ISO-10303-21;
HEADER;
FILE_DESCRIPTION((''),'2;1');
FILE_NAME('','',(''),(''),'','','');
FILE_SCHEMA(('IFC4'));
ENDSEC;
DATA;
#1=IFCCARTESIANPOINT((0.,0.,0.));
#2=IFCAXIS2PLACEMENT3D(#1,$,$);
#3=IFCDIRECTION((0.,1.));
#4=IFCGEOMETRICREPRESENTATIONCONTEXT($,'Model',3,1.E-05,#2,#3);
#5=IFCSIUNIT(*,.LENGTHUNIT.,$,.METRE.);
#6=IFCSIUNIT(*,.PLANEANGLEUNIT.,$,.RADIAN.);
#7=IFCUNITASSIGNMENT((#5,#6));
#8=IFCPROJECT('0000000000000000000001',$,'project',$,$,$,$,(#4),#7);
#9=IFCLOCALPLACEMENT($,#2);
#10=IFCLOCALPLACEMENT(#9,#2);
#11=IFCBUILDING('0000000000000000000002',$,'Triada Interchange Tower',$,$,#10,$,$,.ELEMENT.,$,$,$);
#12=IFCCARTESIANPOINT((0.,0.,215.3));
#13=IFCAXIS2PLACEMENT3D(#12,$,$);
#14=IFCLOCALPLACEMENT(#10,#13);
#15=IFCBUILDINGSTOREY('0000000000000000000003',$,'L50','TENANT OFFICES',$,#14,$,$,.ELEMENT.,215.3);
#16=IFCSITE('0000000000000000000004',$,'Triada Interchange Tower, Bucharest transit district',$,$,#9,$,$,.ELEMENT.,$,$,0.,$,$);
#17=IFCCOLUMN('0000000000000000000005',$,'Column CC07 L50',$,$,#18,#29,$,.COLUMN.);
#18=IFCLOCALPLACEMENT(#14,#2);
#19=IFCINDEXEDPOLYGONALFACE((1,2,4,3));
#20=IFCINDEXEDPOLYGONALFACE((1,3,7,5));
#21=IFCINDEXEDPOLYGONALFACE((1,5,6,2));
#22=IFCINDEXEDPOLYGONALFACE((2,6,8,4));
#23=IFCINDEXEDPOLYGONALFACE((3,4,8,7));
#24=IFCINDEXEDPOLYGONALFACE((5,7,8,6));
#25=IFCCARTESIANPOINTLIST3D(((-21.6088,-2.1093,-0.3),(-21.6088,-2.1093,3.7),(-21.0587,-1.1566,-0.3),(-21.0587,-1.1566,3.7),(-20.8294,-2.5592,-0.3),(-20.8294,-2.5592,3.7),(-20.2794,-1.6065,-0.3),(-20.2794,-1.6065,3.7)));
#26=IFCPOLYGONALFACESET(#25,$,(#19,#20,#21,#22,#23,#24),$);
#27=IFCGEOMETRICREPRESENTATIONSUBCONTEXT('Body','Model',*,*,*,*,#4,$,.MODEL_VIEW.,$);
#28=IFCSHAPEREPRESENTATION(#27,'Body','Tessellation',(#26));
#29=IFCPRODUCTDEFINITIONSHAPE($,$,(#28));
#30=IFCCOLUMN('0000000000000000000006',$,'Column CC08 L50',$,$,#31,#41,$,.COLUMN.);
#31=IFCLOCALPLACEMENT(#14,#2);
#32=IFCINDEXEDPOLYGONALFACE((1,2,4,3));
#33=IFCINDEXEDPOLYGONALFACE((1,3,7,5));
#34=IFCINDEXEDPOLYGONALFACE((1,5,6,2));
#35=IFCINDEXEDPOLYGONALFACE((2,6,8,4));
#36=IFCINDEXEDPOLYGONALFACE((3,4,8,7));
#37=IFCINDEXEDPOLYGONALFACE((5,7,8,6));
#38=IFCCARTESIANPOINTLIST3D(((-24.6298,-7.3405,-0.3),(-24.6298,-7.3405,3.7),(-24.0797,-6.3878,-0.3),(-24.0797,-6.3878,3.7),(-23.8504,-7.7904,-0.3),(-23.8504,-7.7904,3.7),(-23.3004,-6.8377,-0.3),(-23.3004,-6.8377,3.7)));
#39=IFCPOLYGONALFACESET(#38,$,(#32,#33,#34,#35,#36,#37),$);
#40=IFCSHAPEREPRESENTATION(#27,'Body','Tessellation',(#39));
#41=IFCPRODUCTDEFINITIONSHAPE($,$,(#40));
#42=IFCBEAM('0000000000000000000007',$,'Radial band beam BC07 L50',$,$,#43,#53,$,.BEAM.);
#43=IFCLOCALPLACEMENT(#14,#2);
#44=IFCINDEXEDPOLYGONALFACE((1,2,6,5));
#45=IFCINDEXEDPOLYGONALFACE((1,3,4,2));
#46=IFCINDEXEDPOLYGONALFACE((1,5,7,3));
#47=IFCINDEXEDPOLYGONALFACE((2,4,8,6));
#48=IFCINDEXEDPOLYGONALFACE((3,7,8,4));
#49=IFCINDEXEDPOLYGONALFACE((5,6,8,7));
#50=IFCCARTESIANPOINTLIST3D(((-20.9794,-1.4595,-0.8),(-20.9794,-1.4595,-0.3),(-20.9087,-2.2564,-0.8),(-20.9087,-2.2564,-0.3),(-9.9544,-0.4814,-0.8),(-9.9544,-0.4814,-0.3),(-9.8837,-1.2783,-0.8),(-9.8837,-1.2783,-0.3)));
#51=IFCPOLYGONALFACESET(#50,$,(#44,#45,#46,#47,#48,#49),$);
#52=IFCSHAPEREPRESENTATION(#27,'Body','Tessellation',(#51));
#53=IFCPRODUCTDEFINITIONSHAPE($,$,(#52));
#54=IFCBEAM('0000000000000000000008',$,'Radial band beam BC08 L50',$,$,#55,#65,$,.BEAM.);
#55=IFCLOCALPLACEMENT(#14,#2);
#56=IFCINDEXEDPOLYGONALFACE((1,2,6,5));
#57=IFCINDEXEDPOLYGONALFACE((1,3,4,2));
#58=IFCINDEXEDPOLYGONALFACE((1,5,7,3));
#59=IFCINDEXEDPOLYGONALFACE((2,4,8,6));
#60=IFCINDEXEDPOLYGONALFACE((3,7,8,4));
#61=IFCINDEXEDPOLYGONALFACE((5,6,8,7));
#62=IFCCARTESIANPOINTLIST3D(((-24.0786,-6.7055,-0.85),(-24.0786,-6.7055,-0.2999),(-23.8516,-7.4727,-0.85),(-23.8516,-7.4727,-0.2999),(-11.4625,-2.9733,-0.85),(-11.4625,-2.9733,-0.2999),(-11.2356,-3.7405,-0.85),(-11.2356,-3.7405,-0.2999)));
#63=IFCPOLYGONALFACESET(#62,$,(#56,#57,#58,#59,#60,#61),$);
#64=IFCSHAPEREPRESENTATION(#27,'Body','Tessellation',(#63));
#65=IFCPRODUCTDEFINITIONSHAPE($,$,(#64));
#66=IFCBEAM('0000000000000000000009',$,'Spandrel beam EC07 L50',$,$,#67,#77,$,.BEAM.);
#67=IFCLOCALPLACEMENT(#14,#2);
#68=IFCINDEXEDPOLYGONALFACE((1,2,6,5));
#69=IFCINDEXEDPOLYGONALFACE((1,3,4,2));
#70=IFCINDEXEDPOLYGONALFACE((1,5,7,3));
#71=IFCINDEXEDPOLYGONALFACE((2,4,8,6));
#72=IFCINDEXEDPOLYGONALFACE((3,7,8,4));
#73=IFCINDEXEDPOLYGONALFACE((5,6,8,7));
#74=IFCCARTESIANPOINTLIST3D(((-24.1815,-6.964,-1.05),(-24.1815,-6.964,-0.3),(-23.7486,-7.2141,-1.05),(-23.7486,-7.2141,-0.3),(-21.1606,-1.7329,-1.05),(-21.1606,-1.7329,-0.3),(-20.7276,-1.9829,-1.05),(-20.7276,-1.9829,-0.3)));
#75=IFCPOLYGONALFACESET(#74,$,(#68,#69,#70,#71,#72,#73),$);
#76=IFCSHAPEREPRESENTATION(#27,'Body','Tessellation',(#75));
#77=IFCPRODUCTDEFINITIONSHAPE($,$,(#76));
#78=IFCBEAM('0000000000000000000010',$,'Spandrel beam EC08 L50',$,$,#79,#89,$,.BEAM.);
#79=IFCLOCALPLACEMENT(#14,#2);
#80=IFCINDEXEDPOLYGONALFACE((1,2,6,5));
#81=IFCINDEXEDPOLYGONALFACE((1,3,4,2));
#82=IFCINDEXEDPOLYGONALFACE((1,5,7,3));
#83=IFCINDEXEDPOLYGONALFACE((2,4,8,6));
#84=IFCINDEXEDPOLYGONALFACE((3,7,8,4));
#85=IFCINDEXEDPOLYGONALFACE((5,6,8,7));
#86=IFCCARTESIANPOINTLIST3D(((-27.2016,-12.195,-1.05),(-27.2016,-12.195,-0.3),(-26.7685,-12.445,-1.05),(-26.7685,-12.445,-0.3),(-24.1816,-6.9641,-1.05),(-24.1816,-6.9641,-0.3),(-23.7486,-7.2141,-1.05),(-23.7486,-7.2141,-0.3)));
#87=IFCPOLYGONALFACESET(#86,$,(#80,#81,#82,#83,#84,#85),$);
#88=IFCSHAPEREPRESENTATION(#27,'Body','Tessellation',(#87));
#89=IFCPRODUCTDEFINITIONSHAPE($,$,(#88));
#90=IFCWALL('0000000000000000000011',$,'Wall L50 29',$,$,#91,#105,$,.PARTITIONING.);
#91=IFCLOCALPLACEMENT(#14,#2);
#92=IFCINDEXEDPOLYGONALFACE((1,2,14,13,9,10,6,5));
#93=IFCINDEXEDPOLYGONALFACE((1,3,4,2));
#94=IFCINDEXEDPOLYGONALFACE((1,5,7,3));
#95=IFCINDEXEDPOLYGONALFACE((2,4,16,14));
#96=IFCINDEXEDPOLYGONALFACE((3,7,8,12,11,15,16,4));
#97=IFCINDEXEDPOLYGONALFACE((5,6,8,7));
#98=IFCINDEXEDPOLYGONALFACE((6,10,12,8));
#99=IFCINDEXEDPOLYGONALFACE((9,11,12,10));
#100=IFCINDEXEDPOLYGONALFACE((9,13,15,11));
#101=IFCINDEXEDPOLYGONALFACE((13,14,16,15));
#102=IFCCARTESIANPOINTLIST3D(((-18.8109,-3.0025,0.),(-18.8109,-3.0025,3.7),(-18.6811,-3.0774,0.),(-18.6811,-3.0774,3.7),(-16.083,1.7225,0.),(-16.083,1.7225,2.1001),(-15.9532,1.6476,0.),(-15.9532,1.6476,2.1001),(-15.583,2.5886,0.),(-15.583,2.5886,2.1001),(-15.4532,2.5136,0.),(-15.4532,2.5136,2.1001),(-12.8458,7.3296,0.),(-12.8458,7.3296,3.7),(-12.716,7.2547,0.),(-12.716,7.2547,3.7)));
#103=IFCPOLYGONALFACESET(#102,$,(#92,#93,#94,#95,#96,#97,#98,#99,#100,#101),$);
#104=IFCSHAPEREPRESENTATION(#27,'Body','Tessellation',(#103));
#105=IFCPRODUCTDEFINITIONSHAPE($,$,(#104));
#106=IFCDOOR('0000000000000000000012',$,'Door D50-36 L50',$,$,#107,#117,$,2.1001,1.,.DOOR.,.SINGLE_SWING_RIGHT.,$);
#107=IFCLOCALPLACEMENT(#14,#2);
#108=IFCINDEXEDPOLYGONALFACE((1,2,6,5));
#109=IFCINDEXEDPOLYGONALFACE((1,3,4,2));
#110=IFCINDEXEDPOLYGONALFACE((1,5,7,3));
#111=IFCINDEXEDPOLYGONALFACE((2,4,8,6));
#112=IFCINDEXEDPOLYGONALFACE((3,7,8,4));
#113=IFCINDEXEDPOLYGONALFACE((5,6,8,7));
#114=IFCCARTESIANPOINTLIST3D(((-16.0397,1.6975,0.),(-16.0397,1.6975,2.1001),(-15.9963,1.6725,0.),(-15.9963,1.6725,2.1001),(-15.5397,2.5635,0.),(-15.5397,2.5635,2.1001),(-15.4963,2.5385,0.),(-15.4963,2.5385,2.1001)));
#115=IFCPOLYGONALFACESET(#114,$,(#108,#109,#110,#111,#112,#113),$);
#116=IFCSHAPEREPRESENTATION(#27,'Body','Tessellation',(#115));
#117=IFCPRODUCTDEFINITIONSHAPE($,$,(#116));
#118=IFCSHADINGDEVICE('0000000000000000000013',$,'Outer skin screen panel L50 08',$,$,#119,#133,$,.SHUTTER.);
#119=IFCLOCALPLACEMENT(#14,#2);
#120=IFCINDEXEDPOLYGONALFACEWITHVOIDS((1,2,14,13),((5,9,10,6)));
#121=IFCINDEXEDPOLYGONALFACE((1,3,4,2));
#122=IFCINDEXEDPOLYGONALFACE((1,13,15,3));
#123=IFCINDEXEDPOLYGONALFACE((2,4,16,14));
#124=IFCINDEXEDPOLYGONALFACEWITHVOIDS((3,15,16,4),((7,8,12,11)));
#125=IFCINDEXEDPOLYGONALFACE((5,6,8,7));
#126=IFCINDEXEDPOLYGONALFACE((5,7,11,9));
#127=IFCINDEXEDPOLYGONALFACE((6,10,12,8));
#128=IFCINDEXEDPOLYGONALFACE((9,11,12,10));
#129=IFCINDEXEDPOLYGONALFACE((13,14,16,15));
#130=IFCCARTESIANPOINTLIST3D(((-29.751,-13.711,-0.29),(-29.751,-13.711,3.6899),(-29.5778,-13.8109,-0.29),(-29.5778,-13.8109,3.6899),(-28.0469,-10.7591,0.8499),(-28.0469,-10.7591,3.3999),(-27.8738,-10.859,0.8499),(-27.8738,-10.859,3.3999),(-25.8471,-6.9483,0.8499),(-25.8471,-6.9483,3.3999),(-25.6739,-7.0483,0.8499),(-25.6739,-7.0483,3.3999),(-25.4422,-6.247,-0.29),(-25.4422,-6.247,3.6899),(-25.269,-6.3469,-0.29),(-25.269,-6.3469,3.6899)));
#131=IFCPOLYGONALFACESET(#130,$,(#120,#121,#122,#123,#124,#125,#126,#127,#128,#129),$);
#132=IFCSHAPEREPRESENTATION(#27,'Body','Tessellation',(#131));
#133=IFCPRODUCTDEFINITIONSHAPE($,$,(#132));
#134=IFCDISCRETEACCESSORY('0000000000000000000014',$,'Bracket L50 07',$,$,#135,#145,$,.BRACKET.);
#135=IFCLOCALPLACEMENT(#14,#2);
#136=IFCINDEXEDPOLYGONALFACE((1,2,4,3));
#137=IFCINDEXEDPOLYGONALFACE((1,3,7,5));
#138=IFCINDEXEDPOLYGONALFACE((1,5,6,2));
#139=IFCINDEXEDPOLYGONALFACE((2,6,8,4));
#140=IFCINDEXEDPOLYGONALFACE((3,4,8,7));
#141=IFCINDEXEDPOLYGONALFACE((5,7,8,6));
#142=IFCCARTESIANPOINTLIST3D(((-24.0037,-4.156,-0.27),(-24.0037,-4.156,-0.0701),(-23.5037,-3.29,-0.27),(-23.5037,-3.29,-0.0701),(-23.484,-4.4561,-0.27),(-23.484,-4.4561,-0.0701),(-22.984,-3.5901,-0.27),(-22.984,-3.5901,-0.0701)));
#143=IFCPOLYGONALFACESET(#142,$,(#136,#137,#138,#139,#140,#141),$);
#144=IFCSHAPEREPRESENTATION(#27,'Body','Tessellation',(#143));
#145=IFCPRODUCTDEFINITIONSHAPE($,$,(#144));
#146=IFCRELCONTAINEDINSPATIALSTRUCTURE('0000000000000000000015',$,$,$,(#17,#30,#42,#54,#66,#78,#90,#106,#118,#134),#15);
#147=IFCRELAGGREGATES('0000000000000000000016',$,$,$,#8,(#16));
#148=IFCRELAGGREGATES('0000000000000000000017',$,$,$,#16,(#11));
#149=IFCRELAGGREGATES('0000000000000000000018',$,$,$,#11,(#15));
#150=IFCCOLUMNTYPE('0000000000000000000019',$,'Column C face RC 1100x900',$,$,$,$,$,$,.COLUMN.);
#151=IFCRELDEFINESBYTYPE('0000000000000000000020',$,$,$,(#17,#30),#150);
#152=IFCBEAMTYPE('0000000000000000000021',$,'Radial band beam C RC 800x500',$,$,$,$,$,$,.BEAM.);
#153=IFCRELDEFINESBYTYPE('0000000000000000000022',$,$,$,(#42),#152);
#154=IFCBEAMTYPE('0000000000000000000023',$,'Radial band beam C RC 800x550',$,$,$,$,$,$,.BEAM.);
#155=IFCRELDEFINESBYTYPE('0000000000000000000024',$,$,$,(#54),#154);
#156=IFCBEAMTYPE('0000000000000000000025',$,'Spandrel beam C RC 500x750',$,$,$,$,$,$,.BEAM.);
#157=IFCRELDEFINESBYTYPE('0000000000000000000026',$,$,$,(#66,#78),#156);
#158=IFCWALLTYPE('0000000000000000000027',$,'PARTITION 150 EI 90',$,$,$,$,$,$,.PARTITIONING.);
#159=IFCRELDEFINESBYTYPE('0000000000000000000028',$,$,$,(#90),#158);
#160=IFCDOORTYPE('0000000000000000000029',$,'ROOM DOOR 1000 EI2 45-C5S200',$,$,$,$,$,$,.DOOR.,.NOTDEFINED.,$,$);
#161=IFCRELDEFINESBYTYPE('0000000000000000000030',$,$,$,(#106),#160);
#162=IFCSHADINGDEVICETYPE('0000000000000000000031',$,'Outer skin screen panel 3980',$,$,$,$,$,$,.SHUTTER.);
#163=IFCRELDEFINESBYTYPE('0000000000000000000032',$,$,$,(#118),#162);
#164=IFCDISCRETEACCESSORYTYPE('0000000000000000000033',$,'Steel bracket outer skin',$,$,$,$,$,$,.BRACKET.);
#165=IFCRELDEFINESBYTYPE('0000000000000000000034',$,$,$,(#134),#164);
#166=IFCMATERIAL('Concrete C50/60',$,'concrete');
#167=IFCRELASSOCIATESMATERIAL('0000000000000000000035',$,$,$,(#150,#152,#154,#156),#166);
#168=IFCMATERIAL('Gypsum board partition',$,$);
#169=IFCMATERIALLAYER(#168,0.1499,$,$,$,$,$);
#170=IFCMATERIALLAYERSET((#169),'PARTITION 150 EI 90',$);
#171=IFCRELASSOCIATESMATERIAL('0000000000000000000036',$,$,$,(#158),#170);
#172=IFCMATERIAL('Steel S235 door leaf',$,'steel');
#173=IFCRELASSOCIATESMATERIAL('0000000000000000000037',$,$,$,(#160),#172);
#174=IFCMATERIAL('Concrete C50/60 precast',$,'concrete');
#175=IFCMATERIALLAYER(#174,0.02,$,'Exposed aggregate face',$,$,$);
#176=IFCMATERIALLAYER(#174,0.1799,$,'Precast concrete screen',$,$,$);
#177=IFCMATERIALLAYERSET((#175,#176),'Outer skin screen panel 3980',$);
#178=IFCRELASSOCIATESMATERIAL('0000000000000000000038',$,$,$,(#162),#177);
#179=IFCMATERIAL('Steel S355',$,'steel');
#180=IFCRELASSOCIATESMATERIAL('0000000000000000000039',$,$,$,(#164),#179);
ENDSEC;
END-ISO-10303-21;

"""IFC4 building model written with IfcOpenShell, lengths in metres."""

from ifc_helpers import new_model, si_unit, direction, frame, frame_2d, origin, origin_2d, place, context, subcontext, project, spatial, polyline, rectangle, outline, extrude, material, layer, layer_set, material_profile, profile_set, type_object, element, fill, save


model = new_model("IFC4")

# Units and contexts
model_context = context("Model", 3, precision=1e-05, world=origin(), true_north=direction((0.0, 1.0)))
body_context = subcontext(model_context, "Body", "Model", "MODEL_VIEW")
ifc_project = project(units=[si_unit("LENGTHUNIT", "METRE"), si_unit("PLANEANGLEUNIT", "RADIAN")], contexts=[model_context])

# Site, building, storey
site_placement = place(None, origin())
site = spatial("IfcSite", under=ifc_project, at=site_placement, Name="Triada Interchange Tower, Bucharest transit district", CompositionType="ELEMENT", RefElevation=0.0)
building_placement = place(site_placement, origin())
building = spatial("IfcBuilding", under=site, at=building_placement, Name="Triada Interchange Tower", CompositionType="ELEMENT")
storey_placement = place(building_placement, frame((0.0, 0.0, 215.3)))
storey = spatial("IfcBuildingStorey", under=building, at=storey_placement, Name="L50", Description="TENANT OFFICES", CompositionType="ELEMENT", Elevation=215.3)

# Columns
ifc_material_1 = material(Name="Concrete C50/60", Category="concrete")
ifc_material_profile_1 = material_profile(ifc_material_1, rectangle(XDim=1.1001, YDim=0.8999, at=origin_2d()), Name="RC 1100x900")
ifc_profile_set_1 = profile_set([ifc_material_profile_1], Name="Concrete C50/60")
column_type = type_object("IfcColumnType", Name="Column C face RC 1100x900", PredefinedType="COLUMN", material=ifc_profile_set_1)
for number, where, z_axis, x_axis, name in (
    (1, (-20.9441, -1.8579, -0.3), (0.0, 0.0, 1.0), (0.5, 0.866025, 0.0), "Column CC07 L50"),
    (2, (-23.9651, -7.0891, -0.3), (0.0, 0.0, 1.0), (0.5, 0.866025, 0.0), "Column CC08 L50"),
):
    element("IfcColumn", number, at=place(storey_placement, frame(where, z_axis=z_axis, x_axis=x_axis)), inside=storey, type_object=column_type, Name=name, PredefinedType="COLUMN", context=body_context, shape_type="SweptSolid", body=[
        extrude(rectangle(XDim=1.1001, YDim=0.8999, at=origin_2d()), origin(), (0.0, 0.0, 1.0), 4.0),
    ])

# Beams
ifc_material_profile_2 = material_profile(ifc_material_1, rectangle(XDim=0.8, YDim=0.5, at=origin_2d()), Name="RC 800x500")
ifc_profile_set_2 = profile_set([ifc_material_profile_2], Name="Concrete C50/60")
beam_type_1 = type_object("IfcBeamType", Name="Radial band beam C RC 800x500", PredefinedType="BEAM", material=ifc_profile_set_2)
beam_1_placement = place(storey_placement, frame((-20.9441, -1.8579, -0.55), z_axis=(0.996088, 0.088362, 0.0), x_axis=(-0.088362, 0.996088, 0.0)))
element("IfcBeam", 3, at=beam_1_placement, inside=storey, type_object=beam_type_1, Name="Radial band beam BC07 L50", PredefinedType="BEAM", context=body_context, shape_type="SweptSolid", body=[
    extrude(rectangle(XDim=0.8, YDim=0.5, at=origin_2d()), origin(), (0.0, 0.0, 1.0), 11.0684),
])
ifc_material_profile_3 = material_profile(ifc_material_1, rectangle(XDim=0.8, YDim=0.55, at=origin_2d()), Name="RC 800x550")
ifc_profile_set_3 = profile_set([ifc_material_profile_3], Name="Concrete C50/60")
beam_type_2 = type_object("IfcBeamType", Name="Radial band beam C RC 800x550", PredefinedType="BEAM", material=ifc_profile_set_3)
beam_2_placement = place(storey_placement, frame((-23.9651, -7.0891, -0.575), z_axis=(0.95892, 0.283677, 0.0), x_axis=(-0.283677, 0.95892, 0.0)))
element("IfcBeam", 4, at=beam_2_placement, inside=storey, type_object=beam_type_2, Name="Radial band beam BC08 L50", PredefinedType="BEAM", context=body_context, shape_type="SweptSolid", body=[
    extrude(rectangle(XDim=0.8, YDim=0.55, at=origin_2d()), origin(), (0.0, 0.0, 1.0), 13.1565),
])
ifc_material_profile_4 = material_profile(ifc_material_1, rectangle(XDim=0.5, YDim=0.75, at=origin_2d()), Name="RC 500x750")
ifc_profile_set_4 = profile_set([ifc_material_profile_4], Name="Concrete C50/60")
beam_type_3 = type_object("IfcBeamType", Name="Spandrel beam C RC 500x750", PredefinedType="BEAM", material=ifc_profile_set_4)
beam_3_placement = place(storey_placement, frame((-20.9441, -1.8579, -0.675), z_axis=(-0.500094, -0.865971, 0.0), x_axis=(0.865971, -0.500094, 0.0)))
element("IfcBeam", 5, at=beam_3_placement, inside=storey, type_object=beam_type_3, Name="Spandrel beam EC07 L50", PredefinedType="BEAM", context=body_context, shape_type="SweptSolid", body=[
    extrude(rectangle(XDim=0.5, YDim=0.75, at=origin_2d()), origin(), (0.0, 0.0, 1.0), 6.0408),
])
beam_4_placement = place(storey_placement, frame((-23.9651, -7.0891, -0.675), z_axis=(-0.499991, -0.866031, 0.0), x_axis=(0.866031, -0.499991, 0.0)))
element("IfcBeam", 6, at=beam_4_placement, inside=storey, type_object=beam_type_3, Name="Spandrel beam EC08 L50", PredefinedType="BEAM", context=body_context, shape_type="SweptSolid", body=[
    extrude(rectangle(XDim=0.5, YDim=0.75, at=origin_2d()), origin(), (0.0, 0.0, 1.0), 6.04),
])

# Wall, opening, door
ifc_material_2 = material(Name="Gypsum board partition")
ifc_layer_1 = layer(ifc_material_2, 0.1499)
ifc_layer_set_1 = layer_set([ifc_layer_1], Name="PARTITION 150 EI 90")
wall_type = type_object("IfcWallType", Name="PARTITION 150 EI 90", PredefinedType="PARTITIONING", material=ifc_layer_set_1)
wall_placement = place(storey_placement, frame((-18.7461, -3.04, 0.0), z_axis=(0.0, 0.0, 1.0), x_axis=(0.499993, 0.86603, 0.0)))
wall = element("IfcWall", 7, at=wall_placement, inside=storey, type_object=wall_type, Name="Wall L50 29", PredefinedType="PARTITIONING", context=body_context, shape_type="SweptSolid", body=[
    extrude(rectangle(XDim=11.9304, YDim=0.1499, at=frame_2d((5.9653, 0.0))), origin(), (0.0, 0.0, 1.0), 3.7),
])
opening_placement = place(wall_placement, frame((5.4561, 0.0, 0.0)))
opening = element("IfcOpeningElement", 8, at=opening_placement, cuts=wall, PredefinedType="OPENING", context=body_context, shape_type="SweptSolid", body=[
    extrude(rectangle(XDim=1.0, YDim=2.1001, at=frame_2d((0.5, 1.05))), frame((0.0, 0.085, 0.0), z_axis=(0.0, -1.0, 0.0), x_axis=(1.0, 0.0, 0.0)), (0.0, 0.0, 1.0), 0.1699),
])
ifc_material_3 = material(Name="Steel S235 door leaf", Category="steel")
door_type = type_object("IfcDoorType", Name="ROOM DOOR 1000 EI2 45-C5S200", OperationType="NOTDEFINED", PredefinedType="DOOR", material=ifc_material_3)
door_placement = place(opening_placement, origin())
door = element("IfcDoor", 9, at=door_placement, inside=storey, type_object=door_type, Name="Door D50-36 L50", OperationType="SINGLE_SWING_RIGHT", OverallHeight=2.1001, OverallWidth=1.0, PredefinedType="DOOR", context=body_context, shape_type="SweptSolid", body=[
    extrude(rectangle(XDim=1.0, YDim=2.1001, at=frame_2d((0.5, 1.05))), frame((0.0, 0.0249, 0.0), z_axis=(0.0, -1.0, 0.0), x_axis=(1.0, 0.0, 0.0)), (0.0, 0.0, 1.0), 0.05),
])
fill(opening, door)

# Shading device
ifc_material_4 = material(Name="Concrete C50/60 precast", Category="concrete")
ifc_layer_2 = layer(ifc_material_4, 0.02, Name="Exposed aggregate face")
ifc_layer_3 = layer(ifc_material_4, 0.1799, Name="Precast concrete screen")
ifc_layer_set_2 = layer_set([ifc_layer_2, ifc_layer_3], Name="Outer skin screen panel 3980")
shading_device_type = type_object("IfcShadingDeviceType", Name="Outer skin screen panel 3980", PredefinedType="SHUTTER", material=ifc_layer_set_2)
shading_device_placement = place(storey_placement, frame((-25.269, -6.3469, -0.29), z_axis=(0.0, 0.0, 1.0), x_axis=(-0.499951, -0.866054, 0.0)))
element("IfcShadingDevice", 10, at=shading_device_placement, inside=storey, type_object=shading_device_type, Name="Outer skin screen panel L50 08", PredefinedType="SHUTTER", context=body_context, shape_type="SweptSolid", body=[
    extrude(outline(polyline([(0.0, 0.0), (8.6184, 0.0), (8.6184, 3.98), (0.0, 3.98), (0.0, 0.0)]), holes=[polyline([(0.8098, 1.1399), (0.8098, 3.6899), (5.21, 3.6899), (5.21, 1.1399), (0.8098, 1.1399)])]), frame((0.0, 0.0, 0.0), z_axis=(0.0, -1.0, 0.0), x_axis=(1.0, 0.0, 0.0)), (0.0, 0.0, 1.0), 0.2),
])

# Discrete accessory
ifc_material_5 = material(Name="Steel S355", Category="steel")
discrete_accessory_type = type_object("IfcDiscreteAccessoryType", Name="Steel bracket outer skin", PredefinedType="BRACKET", material=ifc_material_5)
discrete_accessory_placement = place(storey_placement, frame((-23.4939, -3.873, -0.27), z_axis=(0.0, 0.0, 1.0), x_axis=(-0.866025, 0.500001, 0.0)))
element("IfcDiscreteAccessory", 11, at=discrete_accessory_placement, inside=storey, type_object=discrete_accessory_type, Name="Bracket L50 07", PredefinedType="BRACKET", context=body_context, shape_type="SweptSolid", body=[
    extrude(rectangle(XDim=0.6001, YDim=1.0, at=origin_2d()), origin(), (0.0, 0.0, 1.0), 0.2),
])

save(model, "model.ifc")
